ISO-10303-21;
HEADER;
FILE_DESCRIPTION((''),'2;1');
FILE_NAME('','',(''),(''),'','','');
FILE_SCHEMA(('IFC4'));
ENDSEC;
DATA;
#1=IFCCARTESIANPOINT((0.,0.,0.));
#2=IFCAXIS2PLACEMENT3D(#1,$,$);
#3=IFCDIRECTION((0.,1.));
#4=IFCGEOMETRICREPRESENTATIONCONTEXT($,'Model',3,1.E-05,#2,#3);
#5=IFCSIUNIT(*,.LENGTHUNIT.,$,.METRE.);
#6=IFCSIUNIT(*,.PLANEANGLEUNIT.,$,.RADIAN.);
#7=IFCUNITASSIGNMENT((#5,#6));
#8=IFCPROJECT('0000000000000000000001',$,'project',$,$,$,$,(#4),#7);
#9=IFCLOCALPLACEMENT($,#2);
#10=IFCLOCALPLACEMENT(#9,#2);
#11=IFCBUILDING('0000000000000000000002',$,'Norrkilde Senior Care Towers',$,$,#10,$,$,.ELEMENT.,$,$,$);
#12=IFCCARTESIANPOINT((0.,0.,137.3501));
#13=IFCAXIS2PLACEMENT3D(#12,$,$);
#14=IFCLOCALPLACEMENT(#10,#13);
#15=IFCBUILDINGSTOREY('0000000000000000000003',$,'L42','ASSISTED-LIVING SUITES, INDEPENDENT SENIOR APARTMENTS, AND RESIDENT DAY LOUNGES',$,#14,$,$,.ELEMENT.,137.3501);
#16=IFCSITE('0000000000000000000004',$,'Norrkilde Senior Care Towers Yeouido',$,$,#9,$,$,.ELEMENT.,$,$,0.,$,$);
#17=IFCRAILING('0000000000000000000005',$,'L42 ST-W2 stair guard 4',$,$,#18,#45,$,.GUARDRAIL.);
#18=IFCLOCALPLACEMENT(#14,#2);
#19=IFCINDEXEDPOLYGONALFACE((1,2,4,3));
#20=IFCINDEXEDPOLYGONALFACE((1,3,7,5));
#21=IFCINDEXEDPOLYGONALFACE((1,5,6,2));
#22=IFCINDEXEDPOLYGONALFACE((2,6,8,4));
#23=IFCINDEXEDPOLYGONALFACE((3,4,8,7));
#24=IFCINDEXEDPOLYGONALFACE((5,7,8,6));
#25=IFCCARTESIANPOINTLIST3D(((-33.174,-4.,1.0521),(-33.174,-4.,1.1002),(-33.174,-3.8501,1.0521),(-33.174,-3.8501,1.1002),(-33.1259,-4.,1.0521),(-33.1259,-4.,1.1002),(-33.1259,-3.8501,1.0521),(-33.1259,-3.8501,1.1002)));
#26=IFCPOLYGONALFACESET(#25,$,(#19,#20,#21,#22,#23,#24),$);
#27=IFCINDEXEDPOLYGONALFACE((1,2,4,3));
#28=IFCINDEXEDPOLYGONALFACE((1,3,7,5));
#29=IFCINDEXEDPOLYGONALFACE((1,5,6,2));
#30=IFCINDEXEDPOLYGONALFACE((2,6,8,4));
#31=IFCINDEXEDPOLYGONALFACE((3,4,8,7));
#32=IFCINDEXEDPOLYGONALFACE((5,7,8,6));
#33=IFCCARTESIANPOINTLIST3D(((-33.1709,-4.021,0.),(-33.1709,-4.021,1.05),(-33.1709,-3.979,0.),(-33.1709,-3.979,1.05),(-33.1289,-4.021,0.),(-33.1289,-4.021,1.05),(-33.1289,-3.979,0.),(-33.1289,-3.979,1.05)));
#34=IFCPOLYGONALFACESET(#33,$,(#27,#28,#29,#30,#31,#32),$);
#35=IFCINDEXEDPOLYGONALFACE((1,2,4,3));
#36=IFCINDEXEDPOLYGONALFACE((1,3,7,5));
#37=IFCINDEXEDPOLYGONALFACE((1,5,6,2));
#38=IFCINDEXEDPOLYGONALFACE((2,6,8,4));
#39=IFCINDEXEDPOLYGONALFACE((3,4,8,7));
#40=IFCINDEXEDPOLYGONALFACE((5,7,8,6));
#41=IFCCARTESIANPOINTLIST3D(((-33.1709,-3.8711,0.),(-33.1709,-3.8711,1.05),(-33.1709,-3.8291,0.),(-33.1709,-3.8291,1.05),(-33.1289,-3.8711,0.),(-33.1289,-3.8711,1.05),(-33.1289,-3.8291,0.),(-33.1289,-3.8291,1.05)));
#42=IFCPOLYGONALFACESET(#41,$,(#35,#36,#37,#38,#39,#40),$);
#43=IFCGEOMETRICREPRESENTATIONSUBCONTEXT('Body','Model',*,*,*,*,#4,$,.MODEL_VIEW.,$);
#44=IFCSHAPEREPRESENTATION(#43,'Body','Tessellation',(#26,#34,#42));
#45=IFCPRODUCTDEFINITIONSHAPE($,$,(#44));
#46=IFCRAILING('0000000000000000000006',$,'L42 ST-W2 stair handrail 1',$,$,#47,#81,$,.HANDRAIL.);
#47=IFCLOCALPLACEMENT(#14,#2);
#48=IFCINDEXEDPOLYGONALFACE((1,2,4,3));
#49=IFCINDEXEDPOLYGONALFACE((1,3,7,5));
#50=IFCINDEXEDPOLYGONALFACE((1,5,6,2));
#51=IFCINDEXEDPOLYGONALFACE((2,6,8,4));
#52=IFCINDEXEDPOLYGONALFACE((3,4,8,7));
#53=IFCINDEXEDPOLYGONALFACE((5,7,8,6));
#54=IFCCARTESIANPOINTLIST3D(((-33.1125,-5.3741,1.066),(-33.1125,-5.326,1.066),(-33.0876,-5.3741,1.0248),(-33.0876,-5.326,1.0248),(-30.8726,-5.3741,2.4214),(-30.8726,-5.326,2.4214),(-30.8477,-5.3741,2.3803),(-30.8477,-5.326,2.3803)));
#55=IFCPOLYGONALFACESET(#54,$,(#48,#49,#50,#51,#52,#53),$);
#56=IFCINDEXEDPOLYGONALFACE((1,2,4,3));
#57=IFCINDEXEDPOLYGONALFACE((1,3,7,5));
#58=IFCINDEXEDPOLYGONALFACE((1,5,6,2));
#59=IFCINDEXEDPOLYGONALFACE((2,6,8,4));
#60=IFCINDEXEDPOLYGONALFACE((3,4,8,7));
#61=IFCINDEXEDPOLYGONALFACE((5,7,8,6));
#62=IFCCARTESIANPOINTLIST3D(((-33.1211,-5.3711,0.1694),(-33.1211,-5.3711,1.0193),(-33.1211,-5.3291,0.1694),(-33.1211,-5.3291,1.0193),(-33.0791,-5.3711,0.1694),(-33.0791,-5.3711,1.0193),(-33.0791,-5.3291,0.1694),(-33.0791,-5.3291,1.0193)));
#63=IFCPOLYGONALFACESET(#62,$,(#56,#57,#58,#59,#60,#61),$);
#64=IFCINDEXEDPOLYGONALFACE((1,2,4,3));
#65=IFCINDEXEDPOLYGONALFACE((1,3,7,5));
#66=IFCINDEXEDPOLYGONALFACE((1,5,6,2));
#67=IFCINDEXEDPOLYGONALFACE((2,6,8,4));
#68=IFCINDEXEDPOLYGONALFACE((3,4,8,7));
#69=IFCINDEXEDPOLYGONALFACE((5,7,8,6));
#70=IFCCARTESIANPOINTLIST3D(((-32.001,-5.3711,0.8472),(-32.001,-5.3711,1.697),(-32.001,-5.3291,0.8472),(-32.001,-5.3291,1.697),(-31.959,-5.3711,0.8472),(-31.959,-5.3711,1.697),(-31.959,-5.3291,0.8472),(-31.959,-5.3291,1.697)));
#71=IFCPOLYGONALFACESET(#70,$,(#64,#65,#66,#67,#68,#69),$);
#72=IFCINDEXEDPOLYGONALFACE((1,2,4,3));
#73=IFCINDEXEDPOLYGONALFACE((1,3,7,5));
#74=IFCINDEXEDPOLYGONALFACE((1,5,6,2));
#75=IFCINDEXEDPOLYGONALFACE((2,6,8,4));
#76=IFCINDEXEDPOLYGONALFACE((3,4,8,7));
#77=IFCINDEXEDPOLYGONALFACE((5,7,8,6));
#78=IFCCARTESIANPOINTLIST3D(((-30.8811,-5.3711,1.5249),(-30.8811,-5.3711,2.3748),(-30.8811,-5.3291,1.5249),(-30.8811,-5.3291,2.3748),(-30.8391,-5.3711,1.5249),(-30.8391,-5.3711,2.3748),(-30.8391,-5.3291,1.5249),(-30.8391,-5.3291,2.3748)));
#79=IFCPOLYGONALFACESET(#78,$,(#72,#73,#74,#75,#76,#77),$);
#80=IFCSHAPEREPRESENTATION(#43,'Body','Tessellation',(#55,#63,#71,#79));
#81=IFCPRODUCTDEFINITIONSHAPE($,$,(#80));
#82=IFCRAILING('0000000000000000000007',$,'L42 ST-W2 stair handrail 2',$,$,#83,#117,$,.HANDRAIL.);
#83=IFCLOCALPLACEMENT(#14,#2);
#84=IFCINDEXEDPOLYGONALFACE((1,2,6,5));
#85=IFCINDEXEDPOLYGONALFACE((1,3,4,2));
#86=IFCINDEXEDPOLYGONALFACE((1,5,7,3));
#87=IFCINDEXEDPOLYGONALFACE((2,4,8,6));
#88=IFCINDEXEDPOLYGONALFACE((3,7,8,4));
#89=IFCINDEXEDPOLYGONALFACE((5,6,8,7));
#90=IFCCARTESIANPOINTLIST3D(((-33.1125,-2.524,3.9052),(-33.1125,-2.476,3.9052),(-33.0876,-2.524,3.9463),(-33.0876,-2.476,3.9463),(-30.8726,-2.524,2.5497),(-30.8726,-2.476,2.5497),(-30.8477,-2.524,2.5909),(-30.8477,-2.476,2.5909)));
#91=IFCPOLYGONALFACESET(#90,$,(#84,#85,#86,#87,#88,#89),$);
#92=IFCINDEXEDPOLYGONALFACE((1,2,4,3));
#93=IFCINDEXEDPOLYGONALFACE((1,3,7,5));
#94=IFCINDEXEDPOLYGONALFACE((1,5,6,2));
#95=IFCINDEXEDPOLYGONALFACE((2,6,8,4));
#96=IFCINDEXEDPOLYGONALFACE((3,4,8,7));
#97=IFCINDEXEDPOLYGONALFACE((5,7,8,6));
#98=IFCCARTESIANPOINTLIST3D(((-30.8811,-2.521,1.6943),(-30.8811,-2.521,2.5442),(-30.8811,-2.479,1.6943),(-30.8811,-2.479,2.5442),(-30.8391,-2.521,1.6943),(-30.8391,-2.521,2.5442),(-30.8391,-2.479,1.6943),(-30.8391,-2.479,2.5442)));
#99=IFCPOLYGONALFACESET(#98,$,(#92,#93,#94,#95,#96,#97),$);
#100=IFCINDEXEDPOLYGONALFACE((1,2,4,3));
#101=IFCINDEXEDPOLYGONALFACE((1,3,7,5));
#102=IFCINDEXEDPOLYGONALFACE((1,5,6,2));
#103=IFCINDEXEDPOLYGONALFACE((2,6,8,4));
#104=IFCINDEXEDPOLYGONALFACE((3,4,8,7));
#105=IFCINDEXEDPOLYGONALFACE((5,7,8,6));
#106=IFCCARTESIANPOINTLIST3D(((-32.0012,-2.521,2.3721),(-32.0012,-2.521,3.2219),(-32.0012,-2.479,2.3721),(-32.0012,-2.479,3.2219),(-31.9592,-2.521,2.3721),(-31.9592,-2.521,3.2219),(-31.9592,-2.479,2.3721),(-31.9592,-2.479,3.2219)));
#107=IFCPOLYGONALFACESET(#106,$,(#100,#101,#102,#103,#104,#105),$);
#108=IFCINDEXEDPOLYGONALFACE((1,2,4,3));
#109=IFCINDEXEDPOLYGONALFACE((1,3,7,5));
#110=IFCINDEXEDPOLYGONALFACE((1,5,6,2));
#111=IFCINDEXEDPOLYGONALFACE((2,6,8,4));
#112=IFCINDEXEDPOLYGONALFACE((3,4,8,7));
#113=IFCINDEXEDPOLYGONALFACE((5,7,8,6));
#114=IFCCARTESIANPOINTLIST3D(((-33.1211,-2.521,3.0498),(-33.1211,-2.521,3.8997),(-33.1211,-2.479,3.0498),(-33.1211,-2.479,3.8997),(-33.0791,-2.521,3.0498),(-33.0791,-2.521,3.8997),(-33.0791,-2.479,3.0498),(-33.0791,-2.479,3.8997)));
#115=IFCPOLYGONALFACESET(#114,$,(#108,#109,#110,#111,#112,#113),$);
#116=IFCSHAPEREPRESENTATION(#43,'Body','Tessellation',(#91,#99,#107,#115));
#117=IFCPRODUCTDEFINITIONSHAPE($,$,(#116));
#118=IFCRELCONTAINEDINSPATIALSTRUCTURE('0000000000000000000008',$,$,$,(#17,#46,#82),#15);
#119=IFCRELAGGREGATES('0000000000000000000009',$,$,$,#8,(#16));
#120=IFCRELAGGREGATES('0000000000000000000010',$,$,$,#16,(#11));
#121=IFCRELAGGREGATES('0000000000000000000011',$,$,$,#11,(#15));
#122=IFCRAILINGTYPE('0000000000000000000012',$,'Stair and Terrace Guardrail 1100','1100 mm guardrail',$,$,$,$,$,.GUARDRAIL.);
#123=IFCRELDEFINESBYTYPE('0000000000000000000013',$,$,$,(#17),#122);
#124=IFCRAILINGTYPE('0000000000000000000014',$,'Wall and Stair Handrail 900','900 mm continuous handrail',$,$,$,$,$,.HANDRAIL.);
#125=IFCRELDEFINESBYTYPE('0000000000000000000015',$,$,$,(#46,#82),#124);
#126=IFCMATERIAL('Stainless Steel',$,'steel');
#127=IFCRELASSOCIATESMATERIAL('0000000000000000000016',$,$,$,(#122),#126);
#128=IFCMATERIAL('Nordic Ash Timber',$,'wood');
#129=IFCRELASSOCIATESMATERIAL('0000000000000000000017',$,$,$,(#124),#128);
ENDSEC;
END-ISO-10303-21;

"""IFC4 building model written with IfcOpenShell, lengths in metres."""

from ifc_helpers import new_model, si_unit, direction, frame, origin, origin_2d, place, context, subcontext, project, spatial, rectangle, extrude, material, type_object, element, save


model = new_model("IFC4")

# Units and contexts
model_context = context("Model", 3, precision=1e-05, world=origin(), true_north=direction((0.0, 1.0)))
body_context = subcontext(model_context, "Body", "Model", "MODEL_VIEW")
ifc_project = project(units=[si_unit("LENGTHUNIT", "METRE"), si_unit("PLANEANGLEUNIT", "RADIAN")], contexts=[model_context])

# Site, building, storey
site_placement = place(None, origin())
site = spatial("IfcSite", under=ifc_project, at=site_placement, Name="Norrkilde Senior Care Towers Yeouido", CompositionType="ELEMENT", RefElevation=0.0)
building_placement = place(site_placement, origin())
building = spatial("IfcBuilding", under=site, at=building_placement, Name="Norrkilde Senior Care Towers", CompositionType="ELEMENT")
storey_placement = place(building_placement, frame((0.0, 0.0, 137.3501)))
storey = spatial("IfcBuildingStorey", under=building, at=storey_placement, Name="L42", Description="ASSISTED-LIVING SUITES, INDEPENDENT SENIOR APARTMENTS, AND RESIDENT DAY LOUNGES", CompositionType="ELEMENT", Elevation=137.3501)

# Railings
ifc_material_1 = material(Name="Stainless Steel", Category="steel")
railing_type_1 = type_object("IfcRailingType", Name="Stair and Terrace Guardrail 1100", Description="1100 mm guardrail", PredefinedType="GUARDRAIL", material=ifc_material_1)
railing_1_placement = place(storey_placement, frame((-33.1499, -4.0, 0.0)))
element("IfcRailing", 1, at=railing_1_placement, inside=storey, type_object=railing_type_1, Name="L42 ST-W2 stair guard 4", PredefinedType="GUARDRAIL", context=body_context, shape_type="SweptSolid", body=[
    extrude(rectangle(XDim=0.0481, YDim=0.0481, at=origin_2d()), frame((0.0, 0.0, 1.0762), z_axis=(0.0, 1.0, 0.0), x_axis=(-1.0, 0.0, 0.0)), (0.0, 0.0, 1.0), 0.1499),
    extrude(rectangle(XDim=0.042, YDim=0.042, at=origin_2d()), origin(), (0.0, 0.0, 1.0), 1.05),
    extrude(rectangle(XDim=0.042, YDim=0.042, at=origin_2d()), frame((0.0, 0.1499, 0.0)), (0.0, 0.0, 1.0), 1.05),
])
ifc_material_2 = material(Name="Nordic Ash Timber", Category="wood")
railing_type_2 = type_object("IfcRailingType", Name="Wall and Stair Handrail 900", Description="900 mm continuous handrail", PredefinedType="HANDRAIL", material=ifc_material_2)
railing_2_placement = place(storey_placement, frame((-33.1001, -5.3501, 0.1694)))
element("IfcRailing", 2, at=railing_2_placement, inside=storey, type_object=railing_type_2, Name="L42 ST-W2 stair handrail 1", PredefinedType="HANDRAIL", context=body_context, shape_type="SweptSolid", body=[
    extrude(rectangle(XDim=0.0481, YDim=0.0481, at=origin_2d()), frame((0.0, 0.0, 0.876), z_axis=(0.855553, 0.0, 0.517715), x_axis=(0.0, 1.0, 0.0)), (0.0, 0.0, 1.0), 2.6182),
    extrude(rectangle(XDim=0.042, YDim=0.042, at=origin_2d()), origin(), (0.0, 0.0, 1.0), 0.8499),
    extrude(rectangle(XDim=0.042, YDim=0.042, at=origin_2d()), frame((1.1201, 0.0, 0.6777)), (0.0, 0.0, 1.0), 0.8499),
    extrude(rectangle(XDim=0.042, YDim=0.042, at=origin_2d()), frame((2.24, 0.0, 1.3555)), (0.0, 0.0, 1.0), 0.8499),
])
railing_3_placement = place(storey_placement, frame((-30.8601, -2.5, 1.6943)))
element("IfcRailing", 3, at=railing_3_placement, inside=storey, type_object=railing_type_2, Name="L42 ST-W2 stair handrail 2", PredefinedType="HANDRAIL", context=body_context, shape_type="SweptSolid", body=[
    extrude(rectangle(XDim=0.0481, YDim=0.0481, at=origin_2d()), frame((0.0, 0.0, 0.876), z_axis=(-0.855553, 0.0, 0.517715), x_axis=(0.0, -1.0, 0.0)), (0.0, 0.0, 1.0), 2.6182),
    extrude(rectangle(XDim=0.042, YDim=0.042, at=origin_2d()), origin(), (0.0, 0.0, 1.0), 0.8499),
    extrude(rectangle(XDim=0.042, YDim=0.042, at=origin_2d()), frame((-1.1201, 0.0, 0.6777)), (0.0, 0.0, 1.0), 0.8499),
    extrude(rectangle(XDim=0.042, YDim=0.042, at=origin_2d()), frame((-2.24, 0.0, 1.3555)), (0.0, 0.0, 1.0), 0.8499),
])

save(model, "model.ifc")
